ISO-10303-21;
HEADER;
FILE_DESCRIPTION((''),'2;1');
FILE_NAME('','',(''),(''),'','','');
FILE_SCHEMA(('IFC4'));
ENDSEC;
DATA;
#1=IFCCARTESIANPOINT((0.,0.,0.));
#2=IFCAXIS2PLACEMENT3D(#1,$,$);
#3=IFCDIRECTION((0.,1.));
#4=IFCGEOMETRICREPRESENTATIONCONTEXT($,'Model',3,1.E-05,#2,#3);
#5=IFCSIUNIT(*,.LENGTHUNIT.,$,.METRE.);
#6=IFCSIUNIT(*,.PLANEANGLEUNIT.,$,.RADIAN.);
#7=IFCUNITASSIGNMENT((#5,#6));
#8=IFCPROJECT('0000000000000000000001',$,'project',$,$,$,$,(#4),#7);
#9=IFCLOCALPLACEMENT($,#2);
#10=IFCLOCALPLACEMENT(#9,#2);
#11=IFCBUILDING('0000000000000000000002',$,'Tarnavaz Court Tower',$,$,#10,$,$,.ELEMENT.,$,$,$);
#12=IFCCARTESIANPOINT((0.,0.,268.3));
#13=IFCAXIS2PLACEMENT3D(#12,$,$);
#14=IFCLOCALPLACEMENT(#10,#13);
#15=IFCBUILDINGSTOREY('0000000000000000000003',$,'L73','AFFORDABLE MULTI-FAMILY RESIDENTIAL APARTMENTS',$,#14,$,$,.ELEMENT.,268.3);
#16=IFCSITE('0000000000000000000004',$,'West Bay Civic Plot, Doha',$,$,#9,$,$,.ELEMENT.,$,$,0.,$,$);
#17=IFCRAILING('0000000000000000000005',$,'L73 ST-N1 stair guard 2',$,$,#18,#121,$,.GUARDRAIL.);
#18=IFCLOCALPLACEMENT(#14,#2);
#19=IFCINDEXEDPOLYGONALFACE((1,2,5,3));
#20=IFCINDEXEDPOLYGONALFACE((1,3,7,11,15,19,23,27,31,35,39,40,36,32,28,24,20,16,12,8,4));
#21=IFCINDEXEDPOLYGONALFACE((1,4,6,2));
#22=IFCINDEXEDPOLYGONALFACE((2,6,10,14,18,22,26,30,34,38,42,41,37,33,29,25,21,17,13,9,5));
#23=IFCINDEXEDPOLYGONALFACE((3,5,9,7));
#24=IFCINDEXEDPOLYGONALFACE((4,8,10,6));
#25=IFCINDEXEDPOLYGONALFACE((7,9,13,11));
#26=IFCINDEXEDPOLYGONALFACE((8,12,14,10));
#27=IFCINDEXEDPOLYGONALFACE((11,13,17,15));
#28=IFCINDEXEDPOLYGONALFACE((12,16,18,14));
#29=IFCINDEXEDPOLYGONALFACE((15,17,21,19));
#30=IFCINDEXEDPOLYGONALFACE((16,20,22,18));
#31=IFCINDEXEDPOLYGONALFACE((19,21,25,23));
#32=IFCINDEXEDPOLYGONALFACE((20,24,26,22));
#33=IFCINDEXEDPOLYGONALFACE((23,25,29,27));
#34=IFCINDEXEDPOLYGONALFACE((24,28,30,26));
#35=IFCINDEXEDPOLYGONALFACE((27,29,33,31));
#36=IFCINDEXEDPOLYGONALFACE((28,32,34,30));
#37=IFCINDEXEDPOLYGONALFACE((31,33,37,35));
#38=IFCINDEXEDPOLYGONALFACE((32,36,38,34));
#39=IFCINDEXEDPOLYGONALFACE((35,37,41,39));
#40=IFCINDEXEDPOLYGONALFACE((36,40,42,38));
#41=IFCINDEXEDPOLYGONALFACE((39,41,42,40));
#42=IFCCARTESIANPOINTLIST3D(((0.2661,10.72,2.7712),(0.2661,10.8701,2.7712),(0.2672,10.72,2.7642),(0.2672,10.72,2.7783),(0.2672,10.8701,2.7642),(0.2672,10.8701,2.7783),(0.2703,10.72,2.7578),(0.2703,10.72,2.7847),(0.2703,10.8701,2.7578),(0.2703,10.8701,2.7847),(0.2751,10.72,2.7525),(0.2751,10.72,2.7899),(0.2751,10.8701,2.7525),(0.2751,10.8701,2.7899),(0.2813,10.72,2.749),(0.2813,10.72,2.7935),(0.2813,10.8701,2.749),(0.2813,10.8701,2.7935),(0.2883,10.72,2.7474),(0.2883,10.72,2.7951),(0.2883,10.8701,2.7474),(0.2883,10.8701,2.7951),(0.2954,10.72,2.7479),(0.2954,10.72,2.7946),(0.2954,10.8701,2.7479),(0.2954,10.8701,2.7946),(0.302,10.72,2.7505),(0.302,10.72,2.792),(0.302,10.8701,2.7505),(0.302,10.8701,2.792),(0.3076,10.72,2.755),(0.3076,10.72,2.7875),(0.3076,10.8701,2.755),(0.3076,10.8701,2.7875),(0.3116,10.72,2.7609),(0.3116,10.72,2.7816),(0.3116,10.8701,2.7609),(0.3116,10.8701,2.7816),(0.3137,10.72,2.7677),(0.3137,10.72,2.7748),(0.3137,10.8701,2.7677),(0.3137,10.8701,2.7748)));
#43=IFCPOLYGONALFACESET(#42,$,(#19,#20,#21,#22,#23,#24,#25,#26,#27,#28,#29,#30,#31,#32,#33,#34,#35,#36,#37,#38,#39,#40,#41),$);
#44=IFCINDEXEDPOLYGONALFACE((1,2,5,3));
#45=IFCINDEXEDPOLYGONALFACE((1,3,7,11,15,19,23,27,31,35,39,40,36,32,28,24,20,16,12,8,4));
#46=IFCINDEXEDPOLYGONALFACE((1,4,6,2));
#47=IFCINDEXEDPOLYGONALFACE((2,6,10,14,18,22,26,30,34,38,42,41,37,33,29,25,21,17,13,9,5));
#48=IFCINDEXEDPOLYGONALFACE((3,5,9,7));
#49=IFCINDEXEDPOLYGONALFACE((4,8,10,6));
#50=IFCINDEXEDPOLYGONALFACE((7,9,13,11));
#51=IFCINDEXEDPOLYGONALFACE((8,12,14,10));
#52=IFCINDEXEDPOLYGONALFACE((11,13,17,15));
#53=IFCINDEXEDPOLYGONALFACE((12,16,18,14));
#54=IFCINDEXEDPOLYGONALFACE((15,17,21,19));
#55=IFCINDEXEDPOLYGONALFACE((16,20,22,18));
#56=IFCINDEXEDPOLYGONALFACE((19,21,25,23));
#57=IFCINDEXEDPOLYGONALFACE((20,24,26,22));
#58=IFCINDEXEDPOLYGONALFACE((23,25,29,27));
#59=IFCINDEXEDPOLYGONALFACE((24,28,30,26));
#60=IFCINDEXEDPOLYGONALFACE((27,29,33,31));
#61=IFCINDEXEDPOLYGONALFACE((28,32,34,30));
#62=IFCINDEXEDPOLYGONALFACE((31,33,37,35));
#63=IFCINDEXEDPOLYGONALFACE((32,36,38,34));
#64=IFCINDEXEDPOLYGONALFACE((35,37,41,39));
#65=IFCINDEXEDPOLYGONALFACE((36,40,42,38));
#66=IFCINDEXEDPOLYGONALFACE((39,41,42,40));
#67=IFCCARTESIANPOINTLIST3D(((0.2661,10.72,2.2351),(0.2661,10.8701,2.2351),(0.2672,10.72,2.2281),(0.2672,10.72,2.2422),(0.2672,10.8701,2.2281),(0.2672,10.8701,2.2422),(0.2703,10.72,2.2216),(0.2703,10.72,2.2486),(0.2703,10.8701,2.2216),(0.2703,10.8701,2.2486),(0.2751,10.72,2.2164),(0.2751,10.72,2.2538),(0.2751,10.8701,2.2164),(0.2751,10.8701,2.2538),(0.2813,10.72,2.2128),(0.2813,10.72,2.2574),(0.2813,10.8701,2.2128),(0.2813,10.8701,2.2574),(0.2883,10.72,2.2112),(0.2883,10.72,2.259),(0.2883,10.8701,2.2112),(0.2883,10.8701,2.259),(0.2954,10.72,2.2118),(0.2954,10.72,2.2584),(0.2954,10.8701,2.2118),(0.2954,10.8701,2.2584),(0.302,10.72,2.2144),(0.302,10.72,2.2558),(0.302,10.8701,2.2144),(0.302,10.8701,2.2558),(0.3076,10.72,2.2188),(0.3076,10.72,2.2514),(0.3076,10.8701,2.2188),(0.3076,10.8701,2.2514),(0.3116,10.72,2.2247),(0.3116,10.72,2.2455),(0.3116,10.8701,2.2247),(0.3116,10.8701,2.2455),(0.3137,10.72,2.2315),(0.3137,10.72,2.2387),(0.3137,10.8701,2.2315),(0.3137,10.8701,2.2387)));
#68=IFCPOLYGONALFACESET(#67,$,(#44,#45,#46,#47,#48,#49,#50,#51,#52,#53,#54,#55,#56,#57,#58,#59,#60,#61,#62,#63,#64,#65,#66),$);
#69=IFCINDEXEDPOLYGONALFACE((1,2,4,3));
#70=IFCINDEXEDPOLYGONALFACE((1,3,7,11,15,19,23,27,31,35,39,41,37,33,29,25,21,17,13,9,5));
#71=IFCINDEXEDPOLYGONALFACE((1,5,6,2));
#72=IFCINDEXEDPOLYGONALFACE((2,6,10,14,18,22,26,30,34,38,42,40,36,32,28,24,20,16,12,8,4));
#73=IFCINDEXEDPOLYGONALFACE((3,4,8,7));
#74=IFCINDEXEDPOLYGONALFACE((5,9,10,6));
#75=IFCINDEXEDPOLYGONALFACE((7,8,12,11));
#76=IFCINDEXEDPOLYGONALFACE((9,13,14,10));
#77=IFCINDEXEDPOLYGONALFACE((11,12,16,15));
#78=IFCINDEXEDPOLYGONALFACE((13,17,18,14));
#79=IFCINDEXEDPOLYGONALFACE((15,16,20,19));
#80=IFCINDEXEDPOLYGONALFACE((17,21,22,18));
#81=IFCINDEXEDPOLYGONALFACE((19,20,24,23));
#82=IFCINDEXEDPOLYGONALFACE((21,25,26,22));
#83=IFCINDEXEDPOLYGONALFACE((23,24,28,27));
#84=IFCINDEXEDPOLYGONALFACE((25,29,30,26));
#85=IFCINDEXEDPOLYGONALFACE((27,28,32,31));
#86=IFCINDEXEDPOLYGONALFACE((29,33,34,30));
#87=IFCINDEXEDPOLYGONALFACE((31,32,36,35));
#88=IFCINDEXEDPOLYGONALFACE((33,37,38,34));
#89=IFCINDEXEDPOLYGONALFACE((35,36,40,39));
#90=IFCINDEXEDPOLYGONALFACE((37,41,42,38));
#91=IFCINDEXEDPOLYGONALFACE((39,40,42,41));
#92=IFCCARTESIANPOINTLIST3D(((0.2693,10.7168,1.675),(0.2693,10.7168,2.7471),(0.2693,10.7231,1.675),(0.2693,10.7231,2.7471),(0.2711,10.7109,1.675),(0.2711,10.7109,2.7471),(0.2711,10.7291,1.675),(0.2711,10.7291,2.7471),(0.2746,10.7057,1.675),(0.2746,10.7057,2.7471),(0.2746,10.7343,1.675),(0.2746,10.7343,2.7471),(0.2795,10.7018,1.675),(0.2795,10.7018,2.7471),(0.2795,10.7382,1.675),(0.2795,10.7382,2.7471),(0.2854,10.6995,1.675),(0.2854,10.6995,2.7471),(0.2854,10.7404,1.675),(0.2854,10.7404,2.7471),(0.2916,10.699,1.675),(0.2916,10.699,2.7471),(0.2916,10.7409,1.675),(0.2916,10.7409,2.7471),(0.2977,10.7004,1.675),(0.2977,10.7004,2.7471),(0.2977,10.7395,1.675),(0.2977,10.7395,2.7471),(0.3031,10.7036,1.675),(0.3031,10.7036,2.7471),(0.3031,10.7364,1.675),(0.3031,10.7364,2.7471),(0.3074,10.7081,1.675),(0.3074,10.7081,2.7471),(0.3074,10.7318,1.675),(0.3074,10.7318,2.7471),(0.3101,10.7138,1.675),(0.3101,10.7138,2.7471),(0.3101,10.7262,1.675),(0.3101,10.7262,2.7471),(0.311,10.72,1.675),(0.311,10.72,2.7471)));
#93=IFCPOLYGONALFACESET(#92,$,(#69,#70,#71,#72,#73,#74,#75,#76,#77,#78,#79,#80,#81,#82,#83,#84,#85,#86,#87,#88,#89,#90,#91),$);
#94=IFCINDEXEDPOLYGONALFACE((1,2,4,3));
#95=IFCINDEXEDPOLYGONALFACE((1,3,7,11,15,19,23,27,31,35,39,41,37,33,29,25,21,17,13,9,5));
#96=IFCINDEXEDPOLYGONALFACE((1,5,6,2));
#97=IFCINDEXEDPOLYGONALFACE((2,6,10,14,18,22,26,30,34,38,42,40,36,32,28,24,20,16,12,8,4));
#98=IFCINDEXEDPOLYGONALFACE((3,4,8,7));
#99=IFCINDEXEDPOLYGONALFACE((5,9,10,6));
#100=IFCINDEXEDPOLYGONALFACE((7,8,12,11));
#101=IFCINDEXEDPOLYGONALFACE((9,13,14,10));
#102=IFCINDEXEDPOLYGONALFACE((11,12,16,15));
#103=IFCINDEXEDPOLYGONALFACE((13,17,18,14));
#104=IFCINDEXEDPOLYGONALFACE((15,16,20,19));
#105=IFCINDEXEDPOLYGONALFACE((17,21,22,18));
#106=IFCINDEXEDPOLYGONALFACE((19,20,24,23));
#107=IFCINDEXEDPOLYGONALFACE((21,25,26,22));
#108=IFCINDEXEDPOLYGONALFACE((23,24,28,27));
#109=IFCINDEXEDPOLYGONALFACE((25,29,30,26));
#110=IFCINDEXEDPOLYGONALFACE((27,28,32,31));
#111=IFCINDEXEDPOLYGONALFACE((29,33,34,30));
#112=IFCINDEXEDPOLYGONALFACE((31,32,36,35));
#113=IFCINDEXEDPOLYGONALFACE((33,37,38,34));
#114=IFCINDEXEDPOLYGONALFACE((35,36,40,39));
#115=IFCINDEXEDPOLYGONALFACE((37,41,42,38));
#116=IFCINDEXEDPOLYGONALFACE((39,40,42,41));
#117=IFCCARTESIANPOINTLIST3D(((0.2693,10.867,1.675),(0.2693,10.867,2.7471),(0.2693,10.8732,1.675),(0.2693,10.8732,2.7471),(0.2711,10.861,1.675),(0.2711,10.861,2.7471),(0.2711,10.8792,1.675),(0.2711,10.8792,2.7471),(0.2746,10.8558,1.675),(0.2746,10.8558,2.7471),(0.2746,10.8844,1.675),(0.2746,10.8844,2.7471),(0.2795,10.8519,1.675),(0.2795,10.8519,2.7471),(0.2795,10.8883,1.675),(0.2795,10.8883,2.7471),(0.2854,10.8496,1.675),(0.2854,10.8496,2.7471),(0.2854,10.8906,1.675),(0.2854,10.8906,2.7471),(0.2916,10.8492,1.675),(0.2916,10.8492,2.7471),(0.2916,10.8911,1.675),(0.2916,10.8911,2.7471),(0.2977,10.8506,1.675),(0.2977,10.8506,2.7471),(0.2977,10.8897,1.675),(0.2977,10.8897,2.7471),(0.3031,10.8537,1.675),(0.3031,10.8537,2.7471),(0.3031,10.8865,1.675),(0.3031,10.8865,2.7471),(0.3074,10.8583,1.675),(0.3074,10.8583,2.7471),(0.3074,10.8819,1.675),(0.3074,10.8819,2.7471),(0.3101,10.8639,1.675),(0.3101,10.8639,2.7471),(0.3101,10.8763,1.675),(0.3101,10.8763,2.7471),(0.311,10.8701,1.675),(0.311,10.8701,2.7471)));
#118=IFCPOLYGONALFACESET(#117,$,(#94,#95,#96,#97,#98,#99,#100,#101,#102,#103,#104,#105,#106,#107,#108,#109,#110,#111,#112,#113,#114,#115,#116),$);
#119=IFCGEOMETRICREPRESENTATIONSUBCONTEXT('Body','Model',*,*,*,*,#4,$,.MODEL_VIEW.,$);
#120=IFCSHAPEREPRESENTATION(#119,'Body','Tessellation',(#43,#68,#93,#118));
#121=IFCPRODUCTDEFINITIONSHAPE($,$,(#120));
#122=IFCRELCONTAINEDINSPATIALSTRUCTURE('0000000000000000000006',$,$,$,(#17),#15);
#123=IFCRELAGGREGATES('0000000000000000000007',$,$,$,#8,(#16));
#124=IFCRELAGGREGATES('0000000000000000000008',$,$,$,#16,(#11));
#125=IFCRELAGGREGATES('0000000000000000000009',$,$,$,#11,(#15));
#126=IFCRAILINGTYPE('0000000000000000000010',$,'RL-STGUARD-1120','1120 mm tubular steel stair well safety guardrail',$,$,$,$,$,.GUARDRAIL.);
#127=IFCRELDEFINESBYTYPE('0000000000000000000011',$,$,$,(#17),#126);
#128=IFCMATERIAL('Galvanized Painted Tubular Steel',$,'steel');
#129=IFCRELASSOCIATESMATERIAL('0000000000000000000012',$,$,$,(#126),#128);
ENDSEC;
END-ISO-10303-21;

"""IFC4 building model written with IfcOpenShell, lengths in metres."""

from ifc_helpers import new_model, si_unit, direction, frame, origin, origin_2d, place, context, subcontext, project, spatial, circle, extrude, material, type_object, element, save


model = new_model("IFC4")

# Units and contexts
model_context = context("Model", 3, precision=1e-05, world=origin(), true_north=direction((0.0, 1.0)))
body_context = subcontext(model_context, "Body", "Model", "MODEL_VIEW")
ifc_project = project(units=[si_unit("LENGTHUNIT", "METRE"), si_unit("PLANEANGLEUNIT", "RADIAN")], contexts=[model_context])

# Site, building, storey
site_placement = place(None, origin())
site = spatial("IfcSite", under=ifc_project, at=site_placement, Name="West Bay Civic Plot, Doha", CompositionType="ELEMENT", RefElevation=0.0)
building_placement = place(site_placement, origin())
building = spatial("IfcBuilding", under=site, at=building_placement, Name="Tarnavaz Court Tower", CompositionType="ELEMENT")
storey_placement = place(building_placement, frame((0.0, 0.0, 268.3)))
storey = spatial("IfcBuildingStorey", under=building, at=storey_placement, Name="L73", Description="AFFORDABLE MULTI-FAMILY RESIDENTIAL APARTMENTS", CompositionType="ELEMENT", Elevation=268.3)

# Railing
ifc_material_1 = material(Name="Galvanized Painted Tubular Steel", Category="steel")
railing_type_1 = type_object("IfcRailingType", Name="RL-STGUARD-1120", Description="1120 mm tubular steel stair well safety guardrail", PredefinedType="GUARDRAIL", material=ifc_material_1)
railing_1_placement = place(storey_placement, frame((0.29, 10.72, 1.675)))
element("IfcRailing", 1, at=railing_1_placement, inside=storey, type_object=railing_type_1, Name="L73 ST-N1 stair guard 2", PredefinedType="GUARDRAIL", context=body_context, shape_type="SweptSolid", body=[
    extrude(circle(Radius=0.0239, at=origin_2d()), frame((0.0, 0.0, 1.0962), z_axis=(0.0, 1.0, 0.0), x_axis=(-1.0, 0.0, 0.0)), (0.0, 0.0, 1.0), 0.1501),
    extrude(circle(Radius=0.0239, at=origin_2d()), frame((0.0, 0.0, 0.5601), z_axis=(0.0, 1.0, 0.0), x_axis=(-1.0, 0.0, 0.0)), (0.0, 0.0, 1.0), 0.1501),
    extrude(circle(Radius=0.021, at=origin_2d()), origin(), (0.0, 0.0, 1.0), 1.072),
    extrude(circle(Radius=0.021, at=origin_2d()), frame((0.0, 0.1501, 0.0)), (0.0, 0.0, 1.0), 1.072),
])

save(model, "model.ifc")
